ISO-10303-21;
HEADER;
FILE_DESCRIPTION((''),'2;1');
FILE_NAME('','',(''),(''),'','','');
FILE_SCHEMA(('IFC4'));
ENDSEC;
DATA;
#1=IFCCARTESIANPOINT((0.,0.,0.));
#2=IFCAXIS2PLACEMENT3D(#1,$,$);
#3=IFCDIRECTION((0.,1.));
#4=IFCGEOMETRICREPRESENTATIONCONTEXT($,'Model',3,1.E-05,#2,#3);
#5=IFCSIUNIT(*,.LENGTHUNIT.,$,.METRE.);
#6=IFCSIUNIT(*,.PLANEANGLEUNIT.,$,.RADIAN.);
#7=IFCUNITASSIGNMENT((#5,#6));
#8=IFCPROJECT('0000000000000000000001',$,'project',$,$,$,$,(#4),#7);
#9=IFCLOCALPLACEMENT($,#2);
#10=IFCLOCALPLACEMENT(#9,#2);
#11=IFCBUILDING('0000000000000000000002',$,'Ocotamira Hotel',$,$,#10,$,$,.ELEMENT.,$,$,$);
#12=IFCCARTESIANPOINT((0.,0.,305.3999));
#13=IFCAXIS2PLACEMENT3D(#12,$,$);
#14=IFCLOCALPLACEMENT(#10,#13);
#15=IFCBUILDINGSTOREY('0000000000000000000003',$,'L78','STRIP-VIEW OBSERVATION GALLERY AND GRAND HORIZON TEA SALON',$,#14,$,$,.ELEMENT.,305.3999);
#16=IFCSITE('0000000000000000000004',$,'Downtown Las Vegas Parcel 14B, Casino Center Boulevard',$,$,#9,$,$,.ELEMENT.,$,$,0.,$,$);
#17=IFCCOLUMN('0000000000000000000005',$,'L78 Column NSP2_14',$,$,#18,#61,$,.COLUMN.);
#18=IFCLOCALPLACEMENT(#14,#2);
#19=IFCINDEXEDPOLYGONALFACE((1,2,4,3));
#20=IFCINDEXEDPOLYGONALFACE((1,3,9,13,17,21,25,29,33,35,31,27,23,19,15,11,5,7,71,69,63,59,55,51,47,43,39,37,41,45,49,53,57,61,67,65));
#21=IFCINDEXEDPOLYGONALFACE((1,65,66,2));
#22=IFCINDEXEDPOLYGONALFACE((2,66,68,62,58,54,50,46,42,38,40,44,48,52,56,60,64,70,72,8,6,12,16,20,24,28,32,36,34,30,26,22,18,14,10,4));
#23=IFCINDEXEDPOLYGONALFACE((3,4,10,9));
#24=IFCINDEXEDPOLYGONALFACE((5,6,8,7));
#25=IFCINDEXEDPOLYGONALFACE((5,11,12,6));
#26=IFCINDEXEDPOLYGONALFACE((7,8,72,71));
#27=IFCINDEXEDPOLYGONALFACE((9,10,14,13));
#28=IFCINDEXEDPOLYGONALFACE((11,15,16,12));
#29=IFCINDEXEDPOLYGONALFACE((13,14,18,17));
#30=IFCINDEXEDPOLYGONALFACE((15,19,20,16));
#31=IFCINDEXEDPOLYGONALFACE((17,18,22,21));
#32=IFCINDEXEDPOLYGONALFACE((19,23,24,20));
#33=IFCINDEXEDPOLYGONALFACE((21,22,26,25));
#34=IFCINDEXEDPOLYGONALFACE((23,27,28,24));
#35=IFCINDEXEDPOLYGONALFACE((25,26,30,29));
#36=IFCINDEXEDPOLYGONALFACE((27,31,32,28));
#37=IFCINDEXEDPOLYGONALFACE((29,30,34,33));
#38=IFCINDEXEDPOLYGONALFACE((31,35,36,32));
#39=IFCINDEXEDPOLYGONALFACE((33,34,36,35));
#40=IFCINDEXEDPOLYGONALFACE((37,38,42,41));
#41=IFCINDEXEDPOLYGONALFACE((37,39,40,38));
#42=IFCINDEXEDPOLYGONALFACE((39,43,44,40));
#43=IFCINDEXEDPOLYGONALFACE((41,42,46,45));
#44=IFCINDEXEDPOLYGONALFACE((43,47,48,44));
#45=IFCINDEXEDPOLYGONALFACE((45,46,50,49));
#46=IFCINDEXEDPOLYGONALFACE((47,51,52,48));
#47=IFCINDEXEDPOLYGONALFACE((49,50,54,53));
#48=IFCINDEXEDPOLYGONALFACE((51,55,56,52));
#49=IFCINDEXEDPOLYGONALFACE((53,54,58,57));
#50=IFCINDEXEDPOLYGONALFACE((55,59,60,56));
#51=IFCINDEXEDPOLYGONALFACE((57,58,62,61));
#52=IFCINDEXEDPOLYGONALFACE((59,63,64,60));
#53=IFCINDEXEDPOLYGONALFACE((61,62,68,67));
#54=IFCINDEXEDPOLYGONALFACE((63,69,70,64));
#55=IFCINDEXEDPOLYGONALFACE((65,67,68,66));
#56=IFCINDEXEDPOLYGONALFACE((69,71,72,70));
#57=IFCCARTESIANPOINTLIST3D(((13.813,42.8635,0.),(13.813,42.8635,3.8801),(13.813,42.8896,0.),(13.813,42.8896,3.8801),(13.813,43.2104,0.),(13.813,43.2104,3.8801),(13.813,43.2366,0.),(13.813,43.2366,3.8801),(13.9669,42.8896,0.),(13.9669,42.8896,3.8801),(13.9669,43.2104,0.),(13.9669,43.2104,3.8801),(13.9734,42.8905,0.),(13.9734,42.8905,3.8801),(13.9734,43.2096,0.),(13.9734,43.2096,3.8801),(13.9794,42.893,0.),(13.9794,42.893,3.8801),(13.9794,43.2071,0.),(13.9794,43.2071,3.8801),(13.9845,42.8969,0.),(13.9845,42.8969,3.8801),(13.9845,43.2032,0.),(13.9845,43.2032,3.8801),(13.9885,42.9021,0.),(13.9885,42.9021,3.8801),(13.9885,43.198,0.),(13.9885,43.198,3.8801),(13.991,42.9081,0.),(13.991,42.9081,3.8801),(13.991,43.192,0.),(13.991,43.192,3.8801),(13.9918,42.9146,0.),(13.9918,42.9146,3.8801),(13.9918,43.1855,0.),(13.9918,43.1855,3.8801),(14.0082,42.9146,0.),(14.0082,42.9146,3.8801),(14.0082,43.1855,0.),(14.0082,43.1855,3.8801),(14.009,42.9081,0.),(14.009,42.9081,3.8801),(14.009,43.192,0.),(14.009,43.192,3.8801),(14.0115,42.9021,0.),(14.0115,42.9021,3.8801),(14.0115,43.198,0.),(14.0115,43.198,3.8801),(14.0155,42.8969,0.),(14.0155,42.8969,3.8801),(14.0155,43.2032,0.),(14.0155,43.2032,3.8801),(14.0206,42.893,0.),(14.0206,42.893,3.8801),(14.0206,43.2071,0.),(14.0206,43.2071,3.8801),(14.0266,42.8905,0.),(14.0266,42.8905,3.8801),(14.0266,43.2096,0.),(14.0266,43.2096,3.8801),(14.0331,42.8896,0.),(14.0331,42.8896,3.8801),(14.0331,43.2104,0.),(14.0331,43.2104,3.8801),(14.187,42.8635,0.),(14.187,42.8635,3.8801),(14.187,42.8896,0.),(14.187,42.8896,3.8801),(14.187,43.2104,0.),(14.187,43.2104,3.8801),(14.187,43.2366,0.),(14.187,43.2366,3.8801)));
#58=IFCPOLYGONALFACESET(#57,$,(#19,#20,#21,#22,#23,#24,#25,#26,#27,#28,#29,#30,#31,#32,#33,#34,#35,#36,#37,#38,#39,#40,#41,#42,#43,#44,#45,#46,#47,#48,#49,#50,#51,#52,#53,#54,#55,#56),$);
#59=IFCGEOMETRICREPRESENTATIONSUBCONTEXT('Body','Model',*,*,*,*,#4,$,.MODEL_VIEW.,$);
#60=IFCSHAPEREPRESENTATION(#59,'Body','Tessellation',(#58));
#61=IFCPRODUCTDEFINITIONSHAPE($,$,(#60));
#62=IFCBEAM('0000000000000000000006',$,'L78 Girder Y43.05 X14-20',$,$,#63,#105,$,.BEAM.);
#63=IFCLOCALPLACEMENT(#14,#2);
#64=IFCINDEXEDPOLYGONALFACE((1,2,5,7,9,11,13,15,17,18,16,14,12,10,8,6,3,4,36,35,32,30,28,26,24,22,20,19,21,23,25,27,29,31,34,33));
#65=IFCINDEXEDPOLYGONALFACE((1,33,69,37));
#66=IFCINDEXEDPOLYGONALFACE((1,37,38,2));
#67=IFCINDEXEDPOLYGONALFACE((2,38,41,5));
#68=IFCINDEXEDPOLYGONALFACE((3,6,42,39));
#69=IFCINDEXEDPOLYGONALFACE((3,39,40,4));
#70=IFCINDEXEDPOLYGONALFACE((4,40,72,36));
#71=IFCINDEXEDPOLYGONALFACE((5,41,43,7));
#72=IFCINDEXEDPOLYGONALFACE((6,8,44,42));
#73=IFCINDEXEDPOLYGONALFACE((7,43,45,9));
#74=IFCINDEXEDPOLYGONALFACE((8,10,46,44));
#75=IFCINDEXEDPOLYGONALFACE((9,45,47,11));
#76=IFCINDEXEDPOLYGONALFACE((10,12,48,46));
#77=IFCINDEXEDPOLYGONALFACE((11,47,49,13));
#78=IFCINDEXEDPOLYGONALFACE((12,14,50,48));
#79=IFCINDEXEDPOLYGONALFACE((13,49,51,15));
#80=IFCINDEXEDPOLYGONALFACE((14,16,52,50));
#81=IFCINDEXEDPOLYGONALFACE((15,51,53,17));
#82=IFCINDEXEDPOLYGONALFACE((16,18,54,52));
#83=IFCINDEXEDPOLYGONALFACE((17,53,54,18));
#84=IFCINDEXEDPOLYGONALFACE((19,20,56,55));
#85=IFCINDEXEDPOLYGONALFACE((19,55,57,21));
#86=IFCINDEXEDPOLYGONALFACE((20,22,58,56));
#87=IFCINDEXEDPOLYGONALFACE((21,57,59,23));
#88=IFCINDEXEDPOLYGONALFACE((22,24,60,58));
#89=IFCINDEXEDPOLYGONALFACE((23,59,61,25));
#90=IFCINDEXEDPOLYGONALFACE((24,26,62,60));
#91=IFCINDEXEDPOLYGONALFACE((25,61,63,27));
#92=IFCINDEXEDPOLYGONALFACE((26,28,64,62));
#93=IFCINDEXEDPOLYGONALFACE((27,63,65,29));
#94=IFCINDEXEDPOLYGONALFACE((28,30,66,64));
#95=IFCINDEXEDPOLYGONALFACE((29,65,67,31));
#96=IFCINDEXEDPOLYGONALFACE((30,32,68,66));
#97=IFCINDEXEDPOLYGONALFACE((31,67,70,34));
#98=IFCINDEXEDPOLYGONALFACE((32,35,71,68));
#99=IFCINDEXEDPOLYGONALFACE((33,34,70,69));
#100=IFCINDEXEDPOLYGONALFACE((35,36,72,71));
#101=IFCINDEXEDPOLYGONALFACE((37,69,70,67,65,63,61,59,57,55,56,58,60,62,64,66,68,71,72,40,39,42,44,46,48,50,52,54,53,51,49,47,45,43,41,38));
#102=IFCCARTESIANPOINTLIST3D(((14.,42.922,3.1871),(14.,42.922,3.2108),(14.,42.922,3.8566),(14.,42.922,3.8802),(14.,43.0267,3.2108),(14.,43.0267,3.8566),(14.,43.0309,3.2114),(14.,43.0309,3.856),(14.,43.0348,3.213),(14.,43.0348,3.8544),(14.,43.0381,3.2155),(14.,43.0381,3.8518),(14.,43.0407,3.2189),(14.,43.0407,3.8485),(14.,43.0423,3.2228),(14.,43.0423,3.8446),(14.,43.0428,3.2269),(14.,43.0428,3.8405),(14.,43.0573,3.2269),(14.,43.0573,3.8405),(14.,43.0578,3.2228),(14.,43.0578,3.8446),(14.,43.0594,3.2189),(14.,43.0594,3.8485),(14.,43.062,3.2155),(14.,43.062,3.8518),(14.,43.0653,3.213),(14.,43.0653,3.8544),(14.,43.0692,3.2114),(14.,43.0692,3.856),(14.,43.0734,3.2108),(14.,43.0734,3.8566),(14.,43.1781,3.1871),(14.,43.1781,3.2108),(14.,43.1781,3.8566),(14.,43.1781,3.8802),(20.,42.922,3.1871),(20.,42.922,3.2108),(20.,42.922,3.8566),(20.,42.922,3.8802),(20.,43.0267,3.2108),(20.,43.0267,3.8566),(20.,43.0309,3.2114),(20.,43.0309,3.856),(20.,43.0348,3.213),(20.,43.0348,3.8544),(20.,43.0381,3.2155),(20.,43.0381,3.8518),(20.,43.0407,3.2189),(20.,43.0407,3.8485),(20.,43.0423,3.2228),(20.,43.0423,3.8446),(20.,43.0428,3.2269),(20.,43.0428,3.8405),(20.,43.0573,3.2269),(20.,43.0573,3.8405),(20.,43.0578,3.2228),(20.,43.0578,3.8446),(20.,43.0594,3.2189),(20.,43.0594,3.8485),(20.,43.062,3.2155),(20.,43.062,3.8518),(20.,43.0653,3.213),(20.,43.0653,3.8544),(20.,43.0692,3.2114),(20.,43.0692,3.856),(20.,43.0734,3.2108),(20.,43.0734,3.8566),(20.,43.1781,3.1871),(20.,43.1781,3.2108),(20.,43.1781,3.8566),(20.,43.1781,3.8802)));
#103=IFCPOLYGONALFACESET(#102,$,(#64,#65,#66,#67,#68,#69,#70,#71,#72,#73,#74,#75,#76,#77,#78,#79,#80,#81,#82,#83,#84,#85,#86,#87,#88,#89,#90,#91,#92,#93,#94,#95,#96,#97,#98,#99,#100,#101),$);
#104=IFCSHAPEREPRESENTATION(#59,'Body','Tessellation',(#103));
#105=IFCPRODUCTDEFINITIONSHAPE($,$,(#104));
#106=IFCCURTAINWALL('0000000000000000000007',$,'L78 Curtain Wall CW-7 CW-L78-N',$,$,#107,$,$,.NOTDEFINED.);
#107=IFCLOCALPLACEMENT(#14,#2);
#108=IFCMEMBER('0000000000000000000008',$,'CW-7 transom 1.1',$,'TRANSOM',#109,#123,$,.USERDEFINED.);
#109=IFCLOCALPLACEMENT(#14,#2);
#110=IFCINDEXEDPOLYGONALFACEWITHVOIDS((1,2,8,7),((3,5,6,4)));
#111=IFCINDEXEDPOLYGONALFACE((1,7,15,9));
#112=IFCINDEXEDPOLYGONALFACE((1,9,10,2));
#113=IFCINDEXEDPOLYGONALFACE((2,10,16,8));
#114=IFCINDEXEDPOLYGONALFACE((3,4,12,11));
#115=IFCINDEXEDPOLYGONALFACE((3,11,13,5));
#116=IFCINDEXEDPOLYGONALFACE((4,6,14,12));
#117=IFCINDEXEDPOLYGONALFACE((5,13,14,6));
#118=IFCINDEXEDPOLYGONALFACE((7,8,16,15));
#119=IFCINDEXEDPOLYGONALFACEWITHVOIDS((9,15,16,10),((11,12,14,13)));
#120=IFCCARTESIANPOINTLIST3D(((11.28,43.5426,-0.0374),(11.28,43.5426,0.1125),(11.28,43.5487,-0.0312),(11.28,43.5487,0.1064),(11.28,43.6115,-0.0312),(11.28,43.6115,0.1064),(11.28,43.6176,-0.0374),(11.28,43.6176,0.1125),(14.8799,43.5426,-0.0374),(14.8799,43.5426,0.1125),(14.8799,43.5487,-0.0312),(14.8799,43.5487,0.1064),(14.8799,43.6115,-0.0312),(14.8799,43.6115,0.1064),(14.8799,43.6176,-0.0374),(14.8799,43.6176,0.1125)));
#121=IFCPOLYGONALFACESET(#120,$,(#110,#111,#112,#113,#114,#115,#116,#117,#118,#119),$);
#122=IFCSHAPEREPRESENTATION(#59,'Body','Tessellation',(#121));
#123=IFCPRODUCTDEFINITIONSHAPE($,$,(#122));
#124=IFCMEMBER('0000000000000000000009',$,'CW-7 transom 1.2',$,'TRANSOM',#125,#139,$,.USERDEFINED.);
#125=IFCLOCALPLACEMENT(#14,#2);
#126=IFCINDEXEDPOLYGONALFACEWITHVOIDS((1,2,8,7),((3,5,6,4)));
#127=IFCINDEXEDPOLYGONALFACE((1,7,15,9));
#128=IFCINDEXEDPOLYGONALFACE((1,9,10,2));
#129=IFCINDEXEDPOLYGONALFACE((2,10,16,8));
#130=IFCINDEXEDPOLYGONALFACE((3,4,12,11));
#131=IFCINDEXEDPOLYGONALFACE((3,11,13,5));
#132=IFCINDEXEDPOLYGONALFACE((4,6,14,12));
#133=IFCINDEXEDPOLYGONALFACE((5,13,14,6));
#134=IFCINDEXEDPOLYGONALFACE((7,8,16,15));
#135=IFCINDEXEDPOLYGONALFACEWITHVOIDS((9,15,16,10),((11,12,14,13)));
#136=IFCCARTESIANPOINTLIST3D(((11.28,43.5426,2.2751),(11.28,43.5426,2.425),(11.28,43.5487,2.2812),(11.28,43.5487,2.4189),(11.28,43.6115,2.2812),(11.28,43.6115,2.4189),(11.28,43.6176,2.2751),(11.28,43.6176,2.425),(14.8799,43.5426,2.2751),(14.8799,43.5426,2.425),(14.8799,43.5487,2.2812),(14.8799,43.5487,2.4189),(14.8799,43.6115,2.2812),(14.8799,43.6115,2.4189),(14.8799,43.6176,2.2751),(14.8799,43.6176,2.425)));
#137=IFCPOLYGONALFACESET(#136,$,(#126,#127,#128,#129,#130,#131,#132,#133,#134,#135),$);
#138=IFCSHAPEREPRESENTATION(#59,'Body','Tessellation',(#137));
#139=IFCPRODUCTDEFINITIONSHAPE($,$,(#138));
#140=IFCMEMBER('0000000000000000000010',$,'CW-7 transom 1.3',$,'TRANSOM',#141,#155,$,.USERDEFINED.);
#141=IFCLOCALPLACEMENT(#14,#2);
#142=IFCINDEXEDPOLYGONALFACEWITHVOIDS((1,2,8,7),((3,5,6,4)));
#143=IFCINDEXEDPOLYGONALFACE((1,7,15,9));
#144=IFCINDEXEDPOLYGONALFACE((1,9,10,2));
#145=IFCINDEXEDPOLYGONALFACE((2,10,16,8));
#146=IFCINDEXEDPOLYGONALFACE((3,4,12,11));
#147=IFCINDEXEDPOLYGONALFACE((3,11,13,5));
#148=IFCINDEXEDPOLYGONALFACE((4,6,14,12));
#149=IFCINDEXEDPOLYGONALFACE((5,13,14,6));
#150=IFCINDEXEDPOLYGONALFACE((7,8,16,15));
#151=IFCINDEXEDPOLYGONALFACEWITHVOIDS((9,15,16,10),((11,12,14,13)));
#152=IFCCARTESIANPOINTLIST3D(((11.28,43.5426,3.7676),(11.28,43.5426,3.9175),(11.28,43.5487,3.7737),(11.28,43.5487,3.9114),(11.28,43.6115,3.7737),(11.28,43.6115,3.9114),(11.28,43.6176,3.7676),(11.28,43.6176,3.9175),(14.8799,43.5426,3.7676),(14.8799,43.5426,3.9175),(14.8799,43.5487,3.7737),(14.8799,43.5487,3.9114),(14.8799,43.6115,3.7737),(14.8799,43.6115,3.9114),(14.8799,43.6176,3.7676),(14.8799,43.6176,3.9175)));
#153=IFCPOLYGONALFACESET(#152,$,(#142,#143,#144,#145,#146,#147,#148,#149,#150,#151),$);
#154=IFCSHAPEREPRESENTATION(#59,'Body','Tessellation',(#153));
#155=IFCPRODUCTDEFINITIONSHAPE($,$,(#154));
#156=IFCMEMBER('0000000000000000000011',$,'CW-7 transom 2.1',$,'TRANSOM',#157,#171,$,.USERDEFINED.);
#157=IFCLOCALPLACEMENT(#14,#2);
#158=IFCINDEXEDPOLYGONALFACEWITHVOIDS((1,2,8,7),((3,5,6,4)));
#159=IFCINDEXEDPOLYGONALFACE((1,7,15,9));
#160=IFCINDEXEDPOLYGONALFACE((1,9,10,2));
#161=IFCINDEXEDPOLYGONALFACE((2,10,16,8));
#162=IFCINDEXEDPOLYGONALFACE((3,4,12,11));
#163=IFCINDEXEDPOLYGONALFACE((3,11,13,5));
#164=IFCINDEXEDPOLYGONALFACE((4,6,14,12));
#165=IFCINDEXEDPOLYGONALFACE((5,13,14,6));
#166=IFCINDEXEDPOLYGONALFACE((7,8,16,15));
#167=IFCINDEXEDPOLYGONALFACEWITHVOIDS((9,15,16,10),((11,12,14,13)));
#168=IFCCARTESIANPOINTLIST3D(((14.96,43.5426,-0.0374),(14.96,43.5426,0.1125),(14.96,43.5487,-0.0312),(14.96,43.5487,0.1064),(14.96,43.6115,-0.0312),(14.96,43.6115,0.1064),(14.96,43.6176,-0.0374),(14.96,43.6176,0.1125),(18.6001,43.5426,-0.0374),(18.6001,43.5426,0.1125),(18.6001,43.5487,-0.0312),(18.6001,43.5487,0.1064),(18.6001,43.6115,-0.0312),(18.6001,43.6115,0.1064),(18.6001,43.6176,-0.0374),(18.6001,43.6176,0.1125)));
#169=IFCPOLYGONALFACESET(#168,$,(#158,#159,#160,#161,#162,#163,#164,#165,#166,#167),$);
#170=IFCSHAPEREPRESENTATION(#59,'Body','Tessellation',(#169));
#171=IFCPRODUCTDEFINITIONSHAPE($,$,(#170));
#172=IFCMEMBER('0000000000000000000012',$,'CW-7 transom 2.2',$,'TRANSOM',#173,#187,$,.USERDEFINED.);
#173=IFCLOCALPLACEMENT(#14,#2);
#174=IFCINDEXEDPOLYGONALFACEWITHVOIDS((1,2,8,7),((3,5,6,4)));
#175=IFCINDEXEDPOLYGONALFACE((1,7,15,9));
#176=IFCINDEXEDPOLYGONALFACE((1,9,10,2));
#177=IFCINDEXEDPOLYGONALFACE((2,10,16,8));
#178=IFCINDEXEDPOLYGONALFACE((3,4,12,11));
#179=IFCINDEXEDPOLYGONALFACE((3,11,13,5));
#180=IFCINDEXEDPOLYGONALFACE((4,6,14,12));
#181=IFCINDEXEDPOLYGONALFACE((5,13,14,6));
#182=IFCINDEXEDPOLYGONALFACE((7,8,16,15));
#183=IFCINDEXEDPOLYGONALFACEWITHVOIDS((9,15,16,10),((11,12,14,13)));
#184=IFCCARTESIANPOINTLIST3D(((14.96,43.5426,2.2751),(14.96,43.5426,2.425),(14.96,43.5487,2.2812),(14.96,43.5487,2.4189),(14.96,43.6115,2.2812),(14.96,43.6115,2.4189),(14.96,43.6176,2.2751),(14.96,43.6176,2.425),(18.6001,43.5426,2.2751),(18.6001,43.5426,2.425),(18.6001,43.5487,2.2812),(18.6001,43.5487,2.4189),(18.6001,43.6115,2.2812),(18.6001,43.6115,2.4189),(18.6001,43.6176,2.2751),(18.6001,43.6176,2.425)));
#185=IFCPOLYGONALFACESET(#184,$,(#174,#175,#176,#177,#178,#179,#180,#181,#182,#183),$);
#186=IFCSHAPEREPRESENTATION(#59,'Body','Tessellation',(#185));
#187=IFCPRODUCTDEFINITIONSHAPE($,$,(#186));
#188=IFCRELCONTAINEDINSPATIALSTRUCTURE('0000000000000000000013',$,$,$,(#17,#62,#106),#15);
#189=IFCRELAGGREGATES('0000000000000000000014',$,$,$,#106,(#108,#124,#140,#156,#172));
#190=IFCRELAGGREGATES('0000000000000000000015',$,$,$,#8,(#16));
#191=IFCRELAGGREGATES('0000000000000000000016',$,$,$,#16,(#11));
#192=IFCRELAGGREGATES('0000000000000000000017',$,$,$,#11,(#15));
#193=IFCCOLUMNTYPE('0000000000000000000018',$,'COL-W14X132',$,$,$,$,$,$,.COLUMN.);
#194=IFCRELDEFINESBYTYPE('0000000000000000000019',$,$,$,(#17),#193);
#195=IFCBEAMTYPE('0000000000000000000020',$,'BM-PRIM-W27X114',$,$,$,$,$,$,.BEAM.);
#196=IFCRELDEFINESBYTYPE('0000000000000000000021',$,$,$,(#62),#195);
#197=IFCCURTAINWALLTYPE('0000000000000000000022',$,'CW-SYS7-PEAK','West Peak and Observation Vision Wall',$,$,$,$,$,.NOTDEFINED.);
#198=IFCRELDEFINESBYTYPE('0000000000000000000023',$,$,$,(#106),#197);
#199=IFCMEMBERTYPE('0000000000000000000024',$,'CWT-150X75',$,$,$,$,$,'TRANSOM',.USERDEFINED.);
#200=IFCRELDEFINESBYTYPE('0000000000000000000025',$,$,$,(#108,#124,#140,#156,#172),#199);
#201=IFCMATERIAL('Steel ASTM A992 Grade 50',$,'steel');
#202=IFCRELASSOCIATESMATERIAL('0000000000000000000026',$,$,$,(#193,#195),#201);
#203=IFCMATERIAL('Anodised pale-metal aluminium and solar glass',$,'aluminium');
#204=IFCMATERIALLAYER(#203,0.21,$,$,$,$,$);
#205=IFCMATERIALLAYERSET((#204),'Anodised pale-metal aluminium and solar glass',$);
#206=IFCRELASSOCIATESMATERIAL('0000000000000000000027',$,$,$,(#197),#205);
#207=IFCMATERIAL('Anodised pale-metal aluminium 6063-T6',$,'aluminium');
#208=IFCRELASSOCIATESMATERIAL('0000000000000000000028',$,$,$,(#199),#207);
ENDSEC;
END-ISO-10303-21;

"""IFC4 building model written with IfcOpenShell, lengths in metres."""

from ifc_helpers import new_model, si_unit, direction, frame, origin, origin_2d, place, context, subcontext, project, spatial, hollow_rectangle, i_section, extrude, source, transform, mapped, material, layer, layer_set, material_profile, profile_set, type_object, element, aggregate, save


model = new_model("IFC4")

# Units and contexts
model_context = context("Model", 3, precision=1e-05, world=origin(), true_north=direction((0.0, 1.0)))
body_context = subcontext(model_context, "Body", "Model", "MODEL_VIEW")
ifc_project = project(units=[si_unit("LENGTHUNIT", "METRE"), si_unit("PLANEANGLEUNIT", "RADIAN")], contexts=[model_context])

# Site, building, storey
site_placement = place(None, origin())
site = spatial("IfcSite", under=ifc_project, at=site_placement, Name="Downtown Las Vegas Parcel 14B, Casino Center Boulevard", CompositionType="ELEMENT", RefElevation=0.0)
building_placement = place(site_placement, origin())
building = spatial("IfcBuilding", under=site, at=building_placement, Name="Ocotamira Hotel", CompositionType="ELEMENT")
storey_placement = place(building_placement, frame((0.0, 0.0, 305.3999)))
storey = spatial("IfcBuildingStorey", under=building, at=storey_placement, Name="L78", Description="STRIP-VIEW OBSERVATION GALLERY AND GRAND HORIZON TEA SALON", CompositionType="ELEMENT", Elevation=305.3999)

# Column
ifc_material_1 = material(Name="Steel ASTM A992 Grade 50", Category="steel")
ifc_material_profile_1 = material_profile(ifc_material_1, i_section(OverallWidth=0.374, OverallDepth=0.373, WebThickness=0.0164, FlangeThickness=0.0261, FilletRadius=0.0249, at=origin_2d()), Name="W14X132")
ifc_profile_set_1 = profile_set([ifc_material_profile_1], Name="Steel ASTM A992 Grade 50")
column_type = type_object("IfcColumnType", Name="COL-W14X132", PredefinedType="COLUMN", material=ifc_profile_set_1)
shared_shape_1 = source(origin(), body_context, "Body", "SweptSolid", [
    extrude(i_section(OverallWidth=0.374, OverallDepth=0.373, WebThickness=0.0164, FlangeThickness=0.0261, FilletRadius=0.0249, at=origin_2d()), origin(), (0.0, 0.0, 1.0), 3.8801),
])
column_placement = place(storey_placement, frame((14.0, 43.05, 0.0), z_axis=(0.0, 0.0, 1.0), x_axis=(1.0, 0.0, 0.0)))
element("IfcColumn", 1, at=column_placement, inside=storey, type_object=column_type, Name="L78 Column NSP2_14", PredefinedType="COLUMN", context=body_context, shape_type="MappedRepresentation", body=[
    mapped(shared_shape_1, transform((0.0, 0.0, 0.0), scale=1.0)),
])

# Beam
ifc_material_profile_2 = material_profile(ifc_material_1, i_section(OverallWidth=0.2561, OverallDepth=0.6931, WebThickness=0.0144, FlangeThickness=0.0237, FilletRadius=0.0161, at=origin_2d()), Name="W27X114")
ifc_profile_set_2 = profile_set([ifc_material_profile_2], Name="Steel ASTM A992 Grade 50")
beam_type = type_object("IfcBeamType", Name="BM-PRIM-W27X114", PredefinedType="BEAM", material=ifc_profile_set_2)
shared_shape_2 = source(origin(), body_context, "Body", "SweptSolid", [
    extrude(i_section(OverallWidth=0.2561, OverallDepth=0.6931, WebThickness=0.0144, FlangeThickness=0.0237, FilletRadius=0.0161, at=origin_2d()), origin(), (0.0, 0.0, 1.0), 6.0),
])
beam_placement = place(storey_placement, frame((14.0, 43.05, 3.5337), z_axis=(1.0, 0.0, 0.0), x_axis=(0.0, 1.0, 0.0)))
element("IfcBeam", 2, at=beam_placement, inside=storey, type_object=beam_type, Name="L78 Girder Y43.05 X14-20", PredefinedType="BEAM", context=body_context, shape_type="MappedRepresentation", body=[
    mapped(shared_shape_2, transform((0.0, 0.0, 0.0), scale=1.0)),
])

# Curtain wall, members
ifc_material_2 = material(Name="Anodised pale-metal aluminium and solar glass", Category="aluminium")
ifc_layer_1 = layer(ifc_material_2, 0.21)
ifc_layer_set_1 = layer_set([ifc_layer_1], Name="Anodised pale-metal aluminium and solar glass")
curtain_wall_type = type_object("IfcCurtainWallType", Name="CW-SYS7-PEAK", Description="West Peak and Observation Vision Wall", PredefinedType="NOTDEFINED", material=ifc_layer_set_1)
curtain_wall_placement = place(storey_placement, origin())
curtain_wall = element("IfcCurtainWall", 3, at=curtain_wall_placement, inside=storey, type_object=curtain_wall_type, Name="L78 Curtain Wall CW-7 CW-L78-N", PredefinedType="NOTDEFINED")
ifc_material_3 = material(Name="Anodised pale-metal aluminium 6063-T6", Category="aluminium")
ifc_material_profile_3 = material_profile(ifc_material_3, hollow_rectangle(XDim=0.075, YDim=0.1499, WallThickness=0.0061, at=origin_2d()), Name="HSS150X75X6")
ifc_profile_set_3 = profile_set([ifc_material_profile_3], Name="Anodised pale-metal aluminium 6063-T6")
member_type_1 = type_object("IfcMemberType", Name="CWT-150X75", ElementType="TRANSOM", PredefinedType="USERDEFINED", material=ifc_profile_set_3)
shared_shape_3 = source(origin(), body_context, "Body", "SweptSolid", [
    extrude(hollow_rectangle(XDim=0.075, YDim=0.1499, WallThickness=0.0061, at=origin_2d()), origin(), (0.0, 0.0, 1.0), 3.5999),
])
member_1_placement = place(storey_placement, frame((11.28, 43.5801, 0.0376), z_axis=(1.0, 0.0, 0.0), x_axis=(0.0, 1.0, 0.0)))
member_1 = element("IfcMember", 4, at=member_1_placement, type_object=member_type_1, Name="CW-7 transom 1.1", ObjectType="TRANSOM", PredefinedType="USERDEFINED", context=body_context, shape_type="MappedRepresentation", body=[
    mapped(shared_shape_3, transform((0.0, 0.0, 0.0), scale=1.0)),
])
member_2_placement = place(storey_placement, frame((11.28, 43.5801, 2.3501), z_axis=(1.0, 0.0, 0.0), x_axis=(0.0, 1.0, 0.0)))
member_2 = element("IfcMember", 5, at=member_2_placement, type_object=member_type_1, Name="CW-7 transom 1.2", ObjectType="TRANSOM", PredefinedType="USERDEFINED", context=body_context, shape_type="MappedRepresentation", body=[
    mapped(shared_shape_3, transform((0.0, 0.0, 0.0), scale=1.0)),
])
member_3_placement = place(storey_placement, frame((11.28, 43.5801, 3.8425), z_axis=(1.0, 0.0, 0.0), x_axis=(0.0, 1.0, 0.0)))
member_3 = element("IfcMember", 6, at=member_3_placement, type_object=member_type_1, Name="CW-7 transom 1.3", ObjectType="TRANSOM", PredefinedType="USERDEFINED", context=body_context, shape_type="MappedRepresentation", body=[
    mapped(shared_shape_3, transform((0.0, 0.0, 0.0), scale=1.0)),
])
shared_shape_4 = source(origin(), body_context, "Body", "SweptSolid", [
    extrude(hollow_rectangle(XDim=0.075, YDim=0.1499, WallThickness=0.0061, at=origin_2d()), origin(), (0.0, 0.0, 1.0), 3.6401),
])
member_4_placement = place(storey_placement, frame((14.96, 43.5801, 0.0376), z_axis=(1.0, 0.0, 0.0), x_axis=(0.0, 1.0, 0.0)))
member_4 = element("IfcMember", 7, at=member_4_placement, type_object=member_type_1, Name="CW-7 transom 2.1", ObjectType="TRANSOM", PredefinedType="USERDEFINED", context=body_context, shape_type="MappedRepresentation", body=[
    mapped(shared_shape_4, transform((0.0, 0.0, 0.0), scale=1.0)),
])
member_5_placement = place(storey_placement, frame((14.96, 43.5801, 2.3501), z_axis=(1.0, 0.0, 0.0), x_axis=(0.0, 1.0, 0.0)))
member_5 = element("IfcMember", 8, at=member_5_placement, type_object=member_type_1, Name="CW-7 transom 2.2", ObjectType="TRANSOM", PredefinedType="USERDEFINED", context=body_context, shape_type="MappedRepresentation", body=[
    mapped(shared_shape_4, transform((0.0, 0.0, 0.0), scale=1.0)),
])
aggregate(curtain_wall, [member_1, member_2, member_3, member_4, member_5])

save(model, "model.ifc")
